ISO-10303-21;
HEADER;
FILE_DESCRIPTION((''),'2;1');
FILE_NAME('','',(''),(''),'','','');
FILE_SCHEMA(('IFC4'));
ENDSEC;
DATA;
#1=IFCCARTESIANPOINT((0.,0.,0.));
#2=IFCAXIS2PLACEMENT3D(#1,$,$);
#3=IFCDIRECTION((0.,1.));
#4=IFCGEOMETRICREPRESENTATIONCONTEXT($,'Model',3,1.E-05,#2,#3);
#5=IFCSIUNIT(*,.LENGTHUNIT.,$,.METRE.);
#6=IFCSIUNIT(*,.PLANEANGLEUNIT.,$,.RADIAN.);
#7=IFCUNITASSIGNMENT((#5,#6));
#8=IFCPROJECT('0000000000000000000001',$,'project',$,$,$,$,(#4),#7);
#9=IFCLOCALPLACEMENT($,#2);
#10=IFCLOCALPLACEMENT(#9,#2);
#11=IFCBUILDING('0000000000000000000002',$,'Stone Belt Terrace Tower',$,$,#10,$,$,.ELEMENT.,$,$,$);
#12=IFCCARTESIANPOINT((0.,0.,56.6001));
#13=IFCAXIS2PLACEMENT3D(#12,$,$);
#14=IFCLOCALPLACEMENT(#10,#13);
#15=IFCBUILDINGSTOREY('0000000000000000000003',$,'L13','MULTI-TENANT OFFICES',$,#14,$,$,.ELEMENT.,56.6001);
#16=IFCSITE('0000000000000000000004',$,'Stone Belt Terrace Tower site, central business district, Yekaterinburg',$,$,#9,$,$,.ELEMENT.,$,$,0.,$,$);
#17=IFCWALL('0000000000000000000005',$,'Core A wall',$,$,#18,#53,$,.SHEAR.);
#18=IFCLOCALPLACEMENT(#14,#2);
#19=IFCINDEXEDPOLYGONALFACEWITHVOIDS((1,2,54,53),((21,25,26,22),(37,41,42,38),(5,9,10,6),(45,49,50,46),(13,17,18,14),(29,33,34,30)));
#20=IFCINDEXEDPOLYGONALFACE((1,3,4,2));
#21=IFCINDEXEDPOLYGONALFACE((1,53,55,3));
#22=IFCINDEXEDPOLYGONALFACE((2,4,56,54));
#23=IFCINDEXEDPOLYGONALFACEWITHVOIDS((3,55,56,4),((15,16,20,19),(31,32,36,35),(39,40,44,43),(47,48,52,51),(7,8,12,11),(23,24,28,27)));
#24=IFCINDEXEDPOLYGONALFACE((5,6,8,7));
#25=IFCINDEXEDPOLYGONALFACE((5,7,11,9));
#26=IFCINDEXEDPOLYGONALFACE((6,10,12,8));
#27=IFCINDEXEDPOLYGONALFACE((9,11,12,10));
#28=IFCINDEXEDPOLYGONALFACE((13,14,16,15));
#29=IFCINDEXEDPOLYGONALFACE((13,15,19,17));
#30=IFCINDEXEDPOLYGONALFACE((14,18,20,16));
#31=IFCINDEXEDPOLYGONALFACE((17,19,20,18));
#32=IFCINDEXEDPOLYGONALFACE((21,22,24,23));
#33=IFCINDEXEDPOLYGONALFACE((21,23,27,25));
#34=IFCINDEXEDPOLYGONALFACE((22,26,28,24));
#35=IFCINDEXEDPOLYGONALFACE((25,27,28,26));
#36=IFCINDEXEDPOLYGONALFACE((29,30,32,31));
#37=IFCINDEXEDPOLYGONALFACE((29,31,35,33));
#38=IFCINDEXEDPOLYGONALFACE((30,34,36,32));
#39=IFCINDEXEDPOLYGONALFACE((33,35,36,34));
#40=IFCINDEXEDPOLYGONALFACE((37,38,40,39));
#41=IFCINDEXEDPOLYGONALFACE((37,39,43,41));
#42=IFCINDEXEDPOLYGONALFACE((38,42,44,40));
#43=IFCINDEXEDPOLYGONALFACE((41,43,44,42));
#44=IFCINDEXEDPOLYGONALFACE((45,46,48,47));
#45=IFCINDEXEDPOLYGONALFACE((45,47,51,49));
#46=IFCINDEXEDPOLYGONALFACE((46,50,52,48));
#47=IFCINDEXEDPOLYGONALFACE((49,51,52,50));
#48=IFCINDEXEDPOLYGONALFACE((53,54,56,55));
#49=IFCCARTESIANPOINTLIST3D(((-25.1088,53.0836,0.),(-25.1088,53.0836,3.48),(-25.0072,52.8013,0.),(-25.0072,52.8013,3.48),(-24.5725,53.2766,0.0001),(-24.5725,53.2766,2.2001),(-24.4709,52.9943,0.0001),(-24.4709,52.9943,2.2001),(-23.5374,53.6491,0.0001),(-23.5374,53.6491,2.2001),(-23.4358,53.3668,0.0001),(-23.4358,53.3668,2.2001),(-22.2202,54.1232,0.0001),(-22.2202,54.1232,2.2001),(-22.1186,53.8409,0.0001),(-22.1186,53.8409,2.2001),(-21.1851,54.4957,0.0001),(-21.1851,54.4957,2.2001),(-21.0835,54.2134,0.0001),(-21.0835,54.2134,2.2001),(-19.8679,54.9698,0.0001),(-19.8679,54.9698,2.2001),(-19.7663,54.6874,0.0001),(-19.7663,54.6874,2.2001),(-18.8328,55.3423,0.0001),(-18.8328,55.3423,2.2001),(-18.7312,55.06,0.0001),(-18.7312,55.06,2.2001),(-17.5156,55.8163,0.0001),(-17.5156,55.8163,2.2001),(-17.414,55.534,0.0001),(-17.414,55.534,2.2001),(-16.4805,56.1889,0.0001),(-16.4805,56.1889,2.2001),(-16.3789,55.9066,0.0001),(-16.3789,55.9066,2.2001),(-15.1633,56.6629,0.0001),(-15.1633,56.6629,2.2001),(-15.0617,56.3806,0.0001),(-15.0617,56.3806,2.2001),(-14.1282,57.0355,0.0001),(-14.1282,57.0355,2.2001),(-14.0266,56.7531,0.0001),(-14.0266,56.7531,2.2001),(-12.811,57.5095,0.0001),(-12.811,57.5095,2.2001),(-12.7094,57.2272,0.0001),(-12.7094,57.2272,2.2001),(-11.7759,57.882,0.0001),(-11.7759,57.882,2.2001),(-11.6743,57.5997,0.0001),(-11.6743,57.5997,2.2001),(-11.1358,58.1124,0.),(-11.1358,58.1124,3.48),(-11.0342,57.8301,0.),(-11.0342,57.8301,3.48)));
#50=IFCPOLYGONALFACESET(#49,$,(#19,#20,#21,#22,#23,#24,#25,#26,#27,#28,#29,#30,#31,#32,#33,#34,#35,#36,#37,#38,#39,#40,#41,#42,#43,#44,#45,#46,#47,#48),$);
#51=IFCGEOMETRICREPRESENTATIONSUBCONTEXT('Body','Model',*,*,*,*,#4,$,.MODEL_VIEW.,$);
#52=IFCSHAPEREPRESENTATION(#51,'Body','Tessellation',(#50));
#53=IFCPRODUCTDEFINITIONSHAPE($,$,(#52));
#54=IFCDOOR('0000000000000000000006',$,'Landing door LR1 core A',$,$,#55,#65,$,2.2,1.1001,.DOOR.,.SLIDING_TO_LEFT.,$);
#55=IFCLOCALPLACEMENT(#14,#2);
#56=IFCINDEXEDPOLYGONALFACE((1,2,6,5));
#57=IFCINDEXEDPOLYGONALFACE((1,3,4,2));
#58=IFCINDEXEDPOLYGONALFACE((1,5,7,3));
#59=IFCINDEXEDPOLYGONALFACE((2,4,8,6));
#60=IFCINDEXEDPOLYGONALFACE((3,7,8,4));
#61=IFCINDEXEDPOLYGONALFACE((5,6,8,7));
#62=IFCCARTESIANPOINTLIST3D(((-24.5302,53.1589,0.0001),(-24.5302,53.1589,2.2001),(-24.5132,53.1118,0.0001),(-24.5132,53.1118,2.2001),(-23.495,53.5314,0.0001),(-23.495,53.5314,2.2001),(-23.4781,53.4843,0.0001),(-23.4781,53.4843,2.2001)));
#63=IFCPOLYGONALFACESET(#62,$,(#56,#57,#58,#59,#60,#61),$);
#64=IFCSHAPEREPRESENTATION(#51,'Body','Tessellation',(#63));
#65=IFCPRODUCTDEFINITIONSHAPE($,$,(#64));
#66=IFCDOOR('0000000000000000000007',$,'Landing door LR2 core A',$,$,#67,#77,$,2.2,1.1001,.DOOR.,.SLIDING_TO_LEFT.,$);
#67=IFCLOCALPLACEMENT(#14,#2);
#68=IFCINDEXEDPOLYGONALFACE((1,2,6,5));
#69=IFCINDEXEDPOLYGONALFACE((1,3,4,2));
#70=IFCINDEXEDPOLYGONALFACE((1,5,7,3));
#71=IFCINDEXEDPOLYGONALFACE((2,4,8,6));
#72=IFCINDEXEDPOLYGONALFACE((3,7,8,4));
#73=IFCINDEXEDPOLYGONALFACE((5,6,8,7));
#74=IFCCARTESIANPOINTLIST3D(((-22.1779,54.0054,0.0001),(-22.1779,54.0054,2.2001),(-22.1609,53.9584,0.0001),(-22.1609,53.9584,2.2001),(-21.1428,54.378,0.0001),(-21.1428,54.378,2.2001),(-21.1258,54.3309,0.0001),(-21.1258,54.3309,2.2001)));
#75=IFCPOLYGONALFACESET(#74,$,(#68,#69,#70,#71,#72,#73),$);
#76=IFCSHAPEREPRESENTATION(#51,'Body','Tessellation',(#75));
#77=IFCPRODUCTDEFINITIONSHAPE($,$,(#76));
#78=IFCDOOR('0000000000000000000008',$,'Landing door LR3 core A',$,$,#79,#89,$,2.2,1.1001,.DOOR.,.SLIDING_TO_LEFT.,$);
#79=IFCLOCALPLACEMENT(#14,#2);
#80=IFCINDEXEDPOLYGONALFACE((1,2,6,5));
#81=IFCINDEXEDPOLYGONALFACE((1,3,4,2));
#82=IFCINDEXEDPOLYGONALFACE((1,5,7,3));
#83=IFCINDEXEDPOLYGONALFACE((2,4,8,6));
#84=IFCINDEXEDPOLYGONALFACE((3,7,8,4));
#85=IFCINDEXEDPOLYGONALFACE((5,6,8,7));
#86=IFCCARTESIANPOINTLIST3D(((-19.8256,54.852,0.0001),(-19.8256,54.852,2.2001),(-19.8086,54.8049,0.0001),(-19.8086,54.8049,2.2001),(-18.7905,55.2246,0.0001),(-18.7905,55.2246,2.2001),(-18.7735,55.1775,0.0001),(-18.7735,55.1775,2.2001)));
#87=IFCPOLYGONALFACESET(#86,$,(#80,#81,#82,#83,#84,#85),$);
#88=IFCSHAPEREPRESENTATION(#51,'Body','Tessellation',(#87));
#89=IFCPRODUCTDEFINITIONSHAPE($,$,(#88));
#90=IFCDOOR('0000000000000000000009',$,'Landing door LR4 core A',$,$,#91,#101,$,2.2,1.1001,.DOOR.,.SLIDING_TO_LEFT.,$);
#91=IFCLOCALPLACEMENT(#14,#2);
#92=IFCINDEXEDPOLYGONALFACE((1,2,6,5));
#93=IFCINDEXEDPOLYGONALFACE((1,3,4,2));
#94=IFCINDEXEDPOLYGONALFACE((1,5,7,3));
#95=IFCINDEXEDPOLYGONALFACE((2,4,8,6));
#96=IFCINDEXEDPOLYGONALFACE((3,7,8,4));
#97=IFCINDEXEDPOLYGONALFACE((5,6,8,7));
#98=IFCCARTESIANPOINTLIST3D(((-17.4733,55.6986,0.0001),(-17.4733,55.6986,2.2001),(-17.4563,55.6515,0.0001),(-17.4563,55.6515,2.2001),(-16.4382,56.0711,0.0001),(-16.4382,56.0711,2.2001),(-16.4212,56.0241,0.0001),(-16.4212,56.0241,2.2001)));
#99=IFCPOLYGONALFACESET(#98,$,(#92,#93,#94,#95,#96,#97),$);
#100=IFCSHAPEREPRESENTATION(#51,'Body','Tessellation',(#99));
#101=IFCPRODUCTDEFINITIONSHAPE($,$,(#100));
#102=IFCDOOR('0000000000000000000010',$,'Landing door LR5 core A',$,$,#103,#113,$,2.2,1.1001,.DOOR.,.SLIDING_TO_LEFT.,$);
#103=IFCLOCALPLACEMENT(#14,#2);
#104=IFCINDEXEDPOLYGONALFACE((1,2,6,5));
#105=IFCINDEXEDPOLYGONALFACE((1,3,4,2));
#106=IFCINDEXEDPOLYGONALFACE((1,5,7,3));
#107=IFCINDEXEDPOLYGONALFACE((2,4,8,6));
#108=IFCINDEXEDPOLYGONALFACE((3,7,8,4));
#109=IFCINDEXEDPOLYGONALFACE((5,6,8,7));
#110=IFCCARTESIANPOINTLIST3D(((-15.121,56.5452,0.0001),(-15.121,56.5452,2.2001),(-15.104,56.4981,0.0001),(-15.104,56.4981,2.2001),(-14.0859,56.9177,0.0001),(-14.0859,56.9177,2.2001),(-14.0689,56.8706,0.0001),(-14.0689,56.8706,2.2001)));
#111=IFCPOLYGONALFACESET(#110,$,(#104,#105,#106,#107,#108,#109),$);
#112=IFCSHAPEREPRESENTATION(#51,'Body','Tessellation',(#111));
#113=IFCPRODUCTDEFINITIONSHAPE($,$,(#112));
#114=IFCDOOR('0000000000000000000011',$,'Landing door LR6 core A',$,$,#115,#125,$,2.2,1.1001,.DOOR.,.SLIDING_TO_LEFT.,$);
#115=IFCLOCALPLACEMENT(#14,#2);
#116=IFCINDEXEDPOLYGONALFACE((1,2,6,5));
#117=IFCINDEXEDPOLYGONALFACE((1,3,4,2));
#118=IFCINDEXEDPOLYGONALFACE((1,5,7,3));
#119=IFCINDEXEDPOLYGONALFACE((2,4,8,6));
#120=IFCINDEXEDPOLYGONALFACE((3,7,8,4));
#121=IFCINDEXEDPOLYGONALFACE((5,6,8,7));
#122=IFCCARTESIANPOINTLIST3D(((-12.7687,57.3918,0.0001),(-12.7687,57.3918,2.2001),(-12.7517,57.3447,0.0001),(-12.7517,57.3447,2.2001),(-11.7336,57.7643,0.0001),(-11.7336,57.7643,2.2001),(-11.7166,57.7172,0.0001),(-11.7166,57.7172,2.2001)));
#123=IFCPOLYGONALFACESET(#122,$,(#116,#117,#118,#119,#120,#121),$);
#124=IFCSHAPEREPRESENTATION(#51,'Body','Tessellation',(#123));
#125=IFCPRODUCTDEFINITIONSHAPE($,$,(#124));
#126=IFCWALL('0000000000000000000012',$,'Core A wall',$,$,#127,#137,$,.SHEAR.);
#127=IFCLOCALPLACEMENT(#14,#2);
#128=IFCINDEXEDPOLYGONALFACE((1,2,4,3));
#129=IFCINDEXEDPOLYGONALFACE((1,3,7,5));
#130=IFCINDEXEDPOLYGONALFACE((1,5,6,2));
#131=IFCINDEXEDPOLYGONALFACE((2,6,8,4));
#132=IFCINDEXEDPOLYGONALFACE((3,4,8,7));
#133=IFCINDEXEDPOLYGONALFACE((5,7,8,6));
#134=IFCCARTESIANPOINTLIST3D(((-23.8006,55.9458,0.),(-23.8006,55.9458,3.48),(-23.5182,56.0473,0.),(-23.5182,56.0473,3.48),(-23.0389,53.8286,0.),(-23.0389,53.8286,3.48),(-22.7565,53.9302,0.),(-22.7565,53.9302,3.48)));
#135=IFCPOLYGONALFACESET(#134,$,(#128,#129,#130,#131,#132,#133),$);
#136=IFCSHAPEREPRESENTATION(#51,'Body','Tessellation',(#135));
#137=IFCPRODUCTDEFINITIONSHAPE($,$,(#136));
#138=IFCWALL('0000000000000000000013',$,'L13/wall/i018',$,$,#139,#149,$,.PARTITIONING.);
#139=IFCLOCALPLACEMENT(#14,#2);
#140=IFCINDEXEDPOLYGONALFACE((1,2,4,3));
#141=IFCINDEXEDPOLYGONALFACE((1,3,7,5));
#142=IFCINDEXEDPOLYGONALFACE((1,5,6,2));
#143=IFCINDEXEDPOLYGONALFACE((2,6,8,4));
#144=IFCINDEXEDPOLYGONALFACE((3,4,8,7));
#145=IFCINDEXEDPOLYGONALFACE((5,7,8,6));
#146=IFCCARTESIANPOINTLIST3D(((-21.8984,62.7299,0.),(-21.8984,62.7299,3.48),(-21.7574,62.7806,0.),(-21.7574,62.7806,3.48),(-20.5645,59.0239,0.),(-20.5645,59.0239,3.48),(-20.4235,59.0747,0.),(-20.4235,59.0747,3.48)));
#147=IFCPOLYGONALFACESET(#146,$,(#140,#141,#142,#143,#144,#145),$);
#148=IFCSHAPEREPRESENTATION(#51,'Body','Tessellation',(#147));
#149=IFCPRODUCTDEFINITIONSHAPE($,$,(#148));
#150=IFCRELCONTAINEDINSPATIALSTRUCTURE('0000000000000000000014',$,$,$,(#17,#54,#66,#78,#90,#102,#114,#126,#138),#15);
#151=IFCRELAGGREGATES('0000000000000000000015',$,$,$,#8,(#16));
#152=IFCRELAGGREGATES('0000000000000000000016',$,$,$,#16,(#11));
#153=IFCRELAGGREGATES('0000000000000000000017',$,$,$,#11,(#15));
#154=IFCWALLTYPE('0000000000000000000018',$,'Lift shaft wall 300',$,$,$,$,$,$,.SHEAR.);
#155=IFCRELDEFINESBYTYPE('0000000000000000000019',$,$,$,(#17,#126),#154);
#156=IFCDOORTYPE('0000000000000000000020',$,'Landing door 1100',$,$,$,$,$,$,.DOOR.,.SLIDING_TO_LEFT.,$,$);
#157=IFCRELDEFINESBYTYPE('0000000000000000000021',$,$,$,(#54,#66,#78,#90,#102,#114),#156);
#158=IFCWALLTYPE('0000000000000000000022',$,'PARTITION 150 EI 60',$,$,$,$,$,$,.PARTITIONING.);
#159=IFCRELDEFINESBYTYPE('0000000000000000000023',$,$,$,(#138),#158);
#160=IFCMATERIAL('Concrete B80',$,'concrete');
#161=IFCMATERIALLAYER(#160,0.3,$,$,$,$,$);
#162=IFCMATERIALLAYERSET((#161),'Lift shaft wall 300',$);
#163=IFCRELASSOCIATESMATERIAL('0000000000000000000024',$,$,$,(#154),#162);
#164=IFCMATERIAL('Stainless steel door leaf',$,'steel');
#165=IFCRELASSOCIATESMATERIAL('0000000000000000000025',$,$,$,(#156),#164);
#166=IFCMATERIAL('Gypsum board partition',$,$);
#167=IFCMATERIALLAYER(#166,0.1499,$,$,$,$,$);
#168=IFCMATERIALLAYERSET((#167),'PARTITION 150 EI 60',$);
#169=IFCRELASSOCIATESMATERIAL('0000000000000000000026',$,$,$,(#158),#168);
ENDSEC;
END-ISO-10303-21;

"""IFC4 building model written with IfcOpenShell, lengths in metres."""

from ifc_helpers import new_model, si_unit, direction, frame, frame_2d, origin, place, context, subcontext, project, spatial, rectangle, extrude, material, layer, layer_set, type_object, element, fill, save


model = new_model("IFC4")

# Units and contexts
model_context = context("Model", 3, precision=1e-05, world=origin(), true_north=direction((0.0, 1.0)))
body_context = subcontext(model_context, "Body", "Model", "MODEL_VIEW")
ifc_project = project(units=[si_unit("LENGTHUNIT", "METRE"), si_unit("PLANEANGLEUNIT", "RADIAN")], contexts=[model_context])

# Site, building, storey
site_placement = place(None, origin())
site = spatial("IfcSite", under=ifc_project, at=site_placement, Name="Stone Belt Terrace Tower site, central business district, Yekaterinburg", CompositionType="ELEMENT", RefElevation=0.0)
building_placement = place(site_placement, origin())
building = spatial("IfcBuilding", under=site, at=building_placement, Name="Stone Belt Terrace Tower", CompositionType="ELEMENT")
storey_placement = place(building_placement, frame((0.0, 0.0, 56.6001)))
storey = spatial("IfcBuildingStorey", under=building, at=storey_placement, Name="L13", Description="MULTI-TENANT OFFICES", CompositionType="ELEMENT", Elevation=56.6001)

# Shared definitions
ifc_material_1 = material(Name="Concrete B80", Category="concrete")

# Shared definitions
ifc_layer_1 = layer(ifc_material_1, 0.3)
ifc_layer_set_1 = layer_set([ifc_layer_1], Name="Lift shaft wall 300")
wall_type_1 = type_object("IfcWallType", Name="Lift shaft wall 300", PredefinedType="SHEAR", material=ifc_layer_set_1)
ifc_material_2 = material(Name="Stainless steel door leaf", Category="steel")

# Wall, openings, doors
wall_1_placement = place(storey_placement, frame((-25.0581, 52.9424, 0.0), z_axis=(0.0, 0.0, 1.0), x_axis=(0.940918, 0.338634, 0.0)))
wall_1 = element("IfcWall", 1, at=wall_1_placement, inside=storey, type_object=wall_type_1, Name="Core A wall", PredefinedType="SHEAR", context=body_context, shape_type="SweptSolid", body=[
    extrude(rectangle(XDim=14.8503, YDim=0.3, at=frame_2d((7.4253, 0.0))), origin(), (0.0, 0.0, 1.0), 3.48),
])
opening_1_placement = place(wall_1_placement, frame((0.5701, 0.0, 0.0)))
opening_1 = element("IfcOpeningElement", 2, at=opening_1_placement, cuts=wall_1, PredefinedType="OPENING", context=body_context, shape_type="SweptSolid", body=[
    extrude(rectangle(XDim=1.1001, YDim=2.2, at=frame_2d((0.55, 1.1001))), frame((0.0, 0.1599, 0.0), z_axis=(0.0, -1.0, 0.0), x_axis=(1.0, 0.0, 0.0)), (0.0, 0.0, 1.0), 0.3201),
])
opening_2_placement = place(wall_1_placement, frame((3.0701, 0.0, 0.0)))
opening_2 = element("IfcOpeningElement", 3, at=opening_2_placement, cuts=wall_1, PredefinedType="OPENING", context=body_context, shape_type="SweptSolid", body=[
    extrude(rectangle(XDim=1.1001, YDim=2.2, at=frame_2d((0.55, 1.1001))), frame((0.0, 0.1599, 0.0), z_axis=(0.0, -1.0, 0.0), x_axis=(1.0, 0.0, 0.0)), (0.0, 0.0, 1.0), 0.3201),
])
opening_3_placement = place(wall_1_placement, frame((5.5701, 0.0, 0.0)))
opening_3 = element("IfcOpeningElement", 4, at=opening_3_placement, cuts=wall_1, PredefinedType="OPENING", context=body_context, shape_type="SweptSolid", body=[
    extrude(rectangle(XDim=1.1001, YDim=2.2, at=frame_2d((0.55, 1.1001))), frame((0.0, 0.1599, 0.0), z_axis=(0.0, -1.0, 0.0), x_axis=(1.0, 0.0, 0.0)), (0.0, 0.0, 1.0), 0.3201),
])
opening_4_placement = place(wall_1_placement, frame((8.0701, 0.0, 0.0)))
opening_4 = element("IfcOpeningElement", 5, at=opening_4_placement, cuts=wall_1, PredefinedType="OPENING", context=body_context, shape_type="SweptSolid", body=[
    extrude(rectangle(XDim=1.1001, YDim=2.2, at=frame_2d((0.55, 1.1001))), frame((0.0, 0.1599, 0.0), z_axis=(0.0, -1.0, 0.0), x_axis=(1.0, 0.0, 0.0)), (0.0, 0.0, 1.0), 0.3201),
])
opening_5_placement = place(wall_1_placement, frame((10.5701, 0.0, 0.0)))
opening_5 = element("IfcOpeningElement", 6, at=opening_5_placement, cuts=wall_1, PredefinedType="OPENING", context=body_context, shape_type="SweptSolid", body=[
    extrude(rectangle(XDim=1.1001, YDim=2.2, at=frame_2d((0.55, 1.1001))), frame((0.0, 0.1599, 0.0), z_axis=(0.0, -1.0, 0.0), x_axis=(1.0, 0.0, 0.0)), (0.0, 0.0, 1.0), 0.3201),
])
opening_6_placement = place(wall_1_placement, frame((13.0701, 0.0, 0.0)))
opening_6 = element("IfcOpeningElement", 7, at=opening_6_placement, cuts=wall_1, PredefinedType="OPENING", context=body_context, shape_type="SweptSolid", body=[
    extrude(rectangle(XDim=1.1001, YDim=2.2, at=frame_2d((0.55, 1.1001))), frame((0.0, 0.1599, 0.0), z_axis=(0.0, -1.0, 0.0), x_axis=(1.0, 0.0, 0.0)), (0.0, 0.0, 1.0), 0.3201),
])
door_type_1 = type_object("IfcDoorType", Name="Landing door 1100", OperationType="SLIDING_TO_LEFT", PredefinedType="DOOR", material=ifc_material_2)
door_1_placement = place(opening_1_placement, origin())
door_1 = element("IfcDoor", 8, at=door_1_placement, inside=storey, type_object=door_type_1, Name="Landing door LR1 core A", OperationType="SLIDING_TO_LEFT", OverallHeight=2.2, OverallWidth=1.1001, PredefinedType="DOOR", context=body_context, shape_type="SweptSolid", body=[
    extrude(rectangle(XDim=1.1001, YDim=2.2, at=frame_2d((0.55, 1.1001))), frame((0.0, 0.0249, 0.0), z_axis=(0.0, -1.0, 0.0), x_axis=(1.0, 0.0, 0.0)), (0.0, 0.0, 1.0), 0.05),
])
fill(opening_1, door_1)
door_2_placement = place(opening_2_placement, origin())
door_2 = element("IfcDoor", 9, at=door_2_placement, inside=storey, type_object=door_type_1, Name="Landing door LR2 core A", OperationType="SLIDING_TO_LEFT", OverallHeight=2.2, OverallWidth=1.1001, PredefinedType="DOOR", context=body_context, shape_type="SweptSolid", body=[
    extrude(rectangle(XDim=1.1001, YDim=2.2, at=frame_2d((0.55, 1.1001))), frame((0.0, 0.0249, 0.0), z_axis=(0.0, -1.0, 0.0), x_axis=(1.0, 0.0, 0.0)), (0.0, 0.0, 1.0), 0.05),
])
fill(opening_2, door_2)
door_3_placement = place(opening_3_placement, origin())
door_3 = element("IfcDoor", 10, at=door_3_placement, inside=storey, type_object=door_type_1, Name="Landing door LR3 core A", OperationType="SLIDING_TO_LEFT", OverallHeight=2.2, OverallWidth=1.1001, PredefinedType="DOOR", context=body_context, shape_type="SweptSolid", body=[
    extrude(rectangle(XDim=1.1001, YDim=2.2, at=frame_2d((0.55, 1.1001))), frame((0.0, 0.0249, 0.0), z_axis=(0.0, -1.0, 0.0), x_axis=(1.0, 0.0, 0.0)), (0.0, 0.0, 1.0), 0.05),
])
fill(opening_3, door_3)
door_4_placement = place(opening_4_placement, origin())
door_4 = element("IfcDoor", 11, at=door_4_placement, inside=storey, type_object=door_type_1, Name="Landing door LR4 core A", OperationType="SLIDING_TO_LEFT", OverallHeight=2.2, OverallWidth=1.1001, PredefinedType="DOOR", context=body_context, shape_type="SweptSolid", body=[
    extrude(rectangle(XDim=1.1001, YDim=2.2, at=frame_2d((0.55, 1.1001))), frame((0.0, 0.0249, 0.0), z_axis=(0.0, -1.0, 0.0), x_axis=(1.0, 0.0, 0.0)), (0.0, 0.0, 1.0), 0.05),
])
fill(opening_4, door_4)
door_5_placement = place(opening_5_placement, origin())
door_5 = element("IfcDoor", 12, at=door_5_placement, inside=storey, type_object=door_type_1, Name="Landing door LR5 core A", OperationType="SLIDING_TO_LEFT", OverallHeight=2.2, OverallWidth=1.1001, PredefinedType="DOOR", context=body_context, shape_type="SweptSolid", body=[
    extrude(rectangle(XDim=1.1001, YDim=2.2, at=frame_2d((0.55, 1.1001))), frame((0.0, 0.0249, 0.0), z_axis=(0.0, -1.0, 0.0), x_axis=(1.0, 0.0, 0.0)), (0.0, 0.0, 1.0), 0.05),
])
fill(opening_5, door_5)
door_6_placement = place(opening_6_placement, origin())
door_6 = element("IfcDoor", 13, at=door_6_placement, inside=storey, type_object=door_type_1, Name="Landing door LR6 core A", OperationType="SLIDING_TO_LEFT", OverallHeight=2.2, OverallWidth=1.1001, PredefinedType="DOOR", context=body_context, shape_type="SweptSolid", body=[
    extrude(rectangle(XDim=1.1001, YDim=2.2, at=frame_2d((0.55, 1.1001))), frame((0.0, 0.0249, 0.0), z_axis=(0.0, -1.0, 0.0), x_axis=(1.0, 0.0, 0.0)), (0.0, 0.0, 1.0), 0.05),
])
fill(opening_6, door_6)

# Walls
wall_2_placement = place(storey_placement, frame((-22.8977, 53.8794, 0.0), z_axis=(0.0, 0.0, 1.0), x_axis=(-0.338535, 0.940954, 0.0)))
element("IfcWall", 14, at=wall_2_placement, inside=storey, type_object=wall_type_1, Name="Core A wall", PredefinedType="SHEAR", context=body_context, shape_type="SweptSolid", body=[
    extrude(rectangle(XDim=2.25, YDim=0.3, at=frame_2d((1.125, 0.0))), origin(), (0.0, 0.0, 1.0), 3.48),
])
ifc_material_3 = material(Name="Gypsum board partition")
ifc_layer_2 = layer(ifc_material_3, 0.1499)
ifc_layer_set_2 = layer_set([ifc_layer_2], Name="PARTITION 150 EI 60")
wall_type_2 = type_object("IfcWallType", Name="PARTITION 150 EI 60", PredefinedType="PARTITIONING", material=ifc_layer_set_2)
wall_3_placement = place(storey_placement, frame((-21.8279, 62.7551, 0.0), z_axis=(0.0, 0.0, 1.0), x_axis=(0.338676, -0.940903, 0.0)))
element("IfcWall", 15, at=wall_3_placement, inside=storey, type_object=wall_type_2, Name="L13/wall/i018", PredefinedType="PARTITIONING", context=body_context, shape_type="SweptSolid", body=[
    extrude(rectangle(XDim=3.9387, YDim=0.1499, at=frame_2d((1.9692, 0.0))), origin(), (0.0, 0.0, 1.0), 3.48),
])

save(model, "model.ifc")
